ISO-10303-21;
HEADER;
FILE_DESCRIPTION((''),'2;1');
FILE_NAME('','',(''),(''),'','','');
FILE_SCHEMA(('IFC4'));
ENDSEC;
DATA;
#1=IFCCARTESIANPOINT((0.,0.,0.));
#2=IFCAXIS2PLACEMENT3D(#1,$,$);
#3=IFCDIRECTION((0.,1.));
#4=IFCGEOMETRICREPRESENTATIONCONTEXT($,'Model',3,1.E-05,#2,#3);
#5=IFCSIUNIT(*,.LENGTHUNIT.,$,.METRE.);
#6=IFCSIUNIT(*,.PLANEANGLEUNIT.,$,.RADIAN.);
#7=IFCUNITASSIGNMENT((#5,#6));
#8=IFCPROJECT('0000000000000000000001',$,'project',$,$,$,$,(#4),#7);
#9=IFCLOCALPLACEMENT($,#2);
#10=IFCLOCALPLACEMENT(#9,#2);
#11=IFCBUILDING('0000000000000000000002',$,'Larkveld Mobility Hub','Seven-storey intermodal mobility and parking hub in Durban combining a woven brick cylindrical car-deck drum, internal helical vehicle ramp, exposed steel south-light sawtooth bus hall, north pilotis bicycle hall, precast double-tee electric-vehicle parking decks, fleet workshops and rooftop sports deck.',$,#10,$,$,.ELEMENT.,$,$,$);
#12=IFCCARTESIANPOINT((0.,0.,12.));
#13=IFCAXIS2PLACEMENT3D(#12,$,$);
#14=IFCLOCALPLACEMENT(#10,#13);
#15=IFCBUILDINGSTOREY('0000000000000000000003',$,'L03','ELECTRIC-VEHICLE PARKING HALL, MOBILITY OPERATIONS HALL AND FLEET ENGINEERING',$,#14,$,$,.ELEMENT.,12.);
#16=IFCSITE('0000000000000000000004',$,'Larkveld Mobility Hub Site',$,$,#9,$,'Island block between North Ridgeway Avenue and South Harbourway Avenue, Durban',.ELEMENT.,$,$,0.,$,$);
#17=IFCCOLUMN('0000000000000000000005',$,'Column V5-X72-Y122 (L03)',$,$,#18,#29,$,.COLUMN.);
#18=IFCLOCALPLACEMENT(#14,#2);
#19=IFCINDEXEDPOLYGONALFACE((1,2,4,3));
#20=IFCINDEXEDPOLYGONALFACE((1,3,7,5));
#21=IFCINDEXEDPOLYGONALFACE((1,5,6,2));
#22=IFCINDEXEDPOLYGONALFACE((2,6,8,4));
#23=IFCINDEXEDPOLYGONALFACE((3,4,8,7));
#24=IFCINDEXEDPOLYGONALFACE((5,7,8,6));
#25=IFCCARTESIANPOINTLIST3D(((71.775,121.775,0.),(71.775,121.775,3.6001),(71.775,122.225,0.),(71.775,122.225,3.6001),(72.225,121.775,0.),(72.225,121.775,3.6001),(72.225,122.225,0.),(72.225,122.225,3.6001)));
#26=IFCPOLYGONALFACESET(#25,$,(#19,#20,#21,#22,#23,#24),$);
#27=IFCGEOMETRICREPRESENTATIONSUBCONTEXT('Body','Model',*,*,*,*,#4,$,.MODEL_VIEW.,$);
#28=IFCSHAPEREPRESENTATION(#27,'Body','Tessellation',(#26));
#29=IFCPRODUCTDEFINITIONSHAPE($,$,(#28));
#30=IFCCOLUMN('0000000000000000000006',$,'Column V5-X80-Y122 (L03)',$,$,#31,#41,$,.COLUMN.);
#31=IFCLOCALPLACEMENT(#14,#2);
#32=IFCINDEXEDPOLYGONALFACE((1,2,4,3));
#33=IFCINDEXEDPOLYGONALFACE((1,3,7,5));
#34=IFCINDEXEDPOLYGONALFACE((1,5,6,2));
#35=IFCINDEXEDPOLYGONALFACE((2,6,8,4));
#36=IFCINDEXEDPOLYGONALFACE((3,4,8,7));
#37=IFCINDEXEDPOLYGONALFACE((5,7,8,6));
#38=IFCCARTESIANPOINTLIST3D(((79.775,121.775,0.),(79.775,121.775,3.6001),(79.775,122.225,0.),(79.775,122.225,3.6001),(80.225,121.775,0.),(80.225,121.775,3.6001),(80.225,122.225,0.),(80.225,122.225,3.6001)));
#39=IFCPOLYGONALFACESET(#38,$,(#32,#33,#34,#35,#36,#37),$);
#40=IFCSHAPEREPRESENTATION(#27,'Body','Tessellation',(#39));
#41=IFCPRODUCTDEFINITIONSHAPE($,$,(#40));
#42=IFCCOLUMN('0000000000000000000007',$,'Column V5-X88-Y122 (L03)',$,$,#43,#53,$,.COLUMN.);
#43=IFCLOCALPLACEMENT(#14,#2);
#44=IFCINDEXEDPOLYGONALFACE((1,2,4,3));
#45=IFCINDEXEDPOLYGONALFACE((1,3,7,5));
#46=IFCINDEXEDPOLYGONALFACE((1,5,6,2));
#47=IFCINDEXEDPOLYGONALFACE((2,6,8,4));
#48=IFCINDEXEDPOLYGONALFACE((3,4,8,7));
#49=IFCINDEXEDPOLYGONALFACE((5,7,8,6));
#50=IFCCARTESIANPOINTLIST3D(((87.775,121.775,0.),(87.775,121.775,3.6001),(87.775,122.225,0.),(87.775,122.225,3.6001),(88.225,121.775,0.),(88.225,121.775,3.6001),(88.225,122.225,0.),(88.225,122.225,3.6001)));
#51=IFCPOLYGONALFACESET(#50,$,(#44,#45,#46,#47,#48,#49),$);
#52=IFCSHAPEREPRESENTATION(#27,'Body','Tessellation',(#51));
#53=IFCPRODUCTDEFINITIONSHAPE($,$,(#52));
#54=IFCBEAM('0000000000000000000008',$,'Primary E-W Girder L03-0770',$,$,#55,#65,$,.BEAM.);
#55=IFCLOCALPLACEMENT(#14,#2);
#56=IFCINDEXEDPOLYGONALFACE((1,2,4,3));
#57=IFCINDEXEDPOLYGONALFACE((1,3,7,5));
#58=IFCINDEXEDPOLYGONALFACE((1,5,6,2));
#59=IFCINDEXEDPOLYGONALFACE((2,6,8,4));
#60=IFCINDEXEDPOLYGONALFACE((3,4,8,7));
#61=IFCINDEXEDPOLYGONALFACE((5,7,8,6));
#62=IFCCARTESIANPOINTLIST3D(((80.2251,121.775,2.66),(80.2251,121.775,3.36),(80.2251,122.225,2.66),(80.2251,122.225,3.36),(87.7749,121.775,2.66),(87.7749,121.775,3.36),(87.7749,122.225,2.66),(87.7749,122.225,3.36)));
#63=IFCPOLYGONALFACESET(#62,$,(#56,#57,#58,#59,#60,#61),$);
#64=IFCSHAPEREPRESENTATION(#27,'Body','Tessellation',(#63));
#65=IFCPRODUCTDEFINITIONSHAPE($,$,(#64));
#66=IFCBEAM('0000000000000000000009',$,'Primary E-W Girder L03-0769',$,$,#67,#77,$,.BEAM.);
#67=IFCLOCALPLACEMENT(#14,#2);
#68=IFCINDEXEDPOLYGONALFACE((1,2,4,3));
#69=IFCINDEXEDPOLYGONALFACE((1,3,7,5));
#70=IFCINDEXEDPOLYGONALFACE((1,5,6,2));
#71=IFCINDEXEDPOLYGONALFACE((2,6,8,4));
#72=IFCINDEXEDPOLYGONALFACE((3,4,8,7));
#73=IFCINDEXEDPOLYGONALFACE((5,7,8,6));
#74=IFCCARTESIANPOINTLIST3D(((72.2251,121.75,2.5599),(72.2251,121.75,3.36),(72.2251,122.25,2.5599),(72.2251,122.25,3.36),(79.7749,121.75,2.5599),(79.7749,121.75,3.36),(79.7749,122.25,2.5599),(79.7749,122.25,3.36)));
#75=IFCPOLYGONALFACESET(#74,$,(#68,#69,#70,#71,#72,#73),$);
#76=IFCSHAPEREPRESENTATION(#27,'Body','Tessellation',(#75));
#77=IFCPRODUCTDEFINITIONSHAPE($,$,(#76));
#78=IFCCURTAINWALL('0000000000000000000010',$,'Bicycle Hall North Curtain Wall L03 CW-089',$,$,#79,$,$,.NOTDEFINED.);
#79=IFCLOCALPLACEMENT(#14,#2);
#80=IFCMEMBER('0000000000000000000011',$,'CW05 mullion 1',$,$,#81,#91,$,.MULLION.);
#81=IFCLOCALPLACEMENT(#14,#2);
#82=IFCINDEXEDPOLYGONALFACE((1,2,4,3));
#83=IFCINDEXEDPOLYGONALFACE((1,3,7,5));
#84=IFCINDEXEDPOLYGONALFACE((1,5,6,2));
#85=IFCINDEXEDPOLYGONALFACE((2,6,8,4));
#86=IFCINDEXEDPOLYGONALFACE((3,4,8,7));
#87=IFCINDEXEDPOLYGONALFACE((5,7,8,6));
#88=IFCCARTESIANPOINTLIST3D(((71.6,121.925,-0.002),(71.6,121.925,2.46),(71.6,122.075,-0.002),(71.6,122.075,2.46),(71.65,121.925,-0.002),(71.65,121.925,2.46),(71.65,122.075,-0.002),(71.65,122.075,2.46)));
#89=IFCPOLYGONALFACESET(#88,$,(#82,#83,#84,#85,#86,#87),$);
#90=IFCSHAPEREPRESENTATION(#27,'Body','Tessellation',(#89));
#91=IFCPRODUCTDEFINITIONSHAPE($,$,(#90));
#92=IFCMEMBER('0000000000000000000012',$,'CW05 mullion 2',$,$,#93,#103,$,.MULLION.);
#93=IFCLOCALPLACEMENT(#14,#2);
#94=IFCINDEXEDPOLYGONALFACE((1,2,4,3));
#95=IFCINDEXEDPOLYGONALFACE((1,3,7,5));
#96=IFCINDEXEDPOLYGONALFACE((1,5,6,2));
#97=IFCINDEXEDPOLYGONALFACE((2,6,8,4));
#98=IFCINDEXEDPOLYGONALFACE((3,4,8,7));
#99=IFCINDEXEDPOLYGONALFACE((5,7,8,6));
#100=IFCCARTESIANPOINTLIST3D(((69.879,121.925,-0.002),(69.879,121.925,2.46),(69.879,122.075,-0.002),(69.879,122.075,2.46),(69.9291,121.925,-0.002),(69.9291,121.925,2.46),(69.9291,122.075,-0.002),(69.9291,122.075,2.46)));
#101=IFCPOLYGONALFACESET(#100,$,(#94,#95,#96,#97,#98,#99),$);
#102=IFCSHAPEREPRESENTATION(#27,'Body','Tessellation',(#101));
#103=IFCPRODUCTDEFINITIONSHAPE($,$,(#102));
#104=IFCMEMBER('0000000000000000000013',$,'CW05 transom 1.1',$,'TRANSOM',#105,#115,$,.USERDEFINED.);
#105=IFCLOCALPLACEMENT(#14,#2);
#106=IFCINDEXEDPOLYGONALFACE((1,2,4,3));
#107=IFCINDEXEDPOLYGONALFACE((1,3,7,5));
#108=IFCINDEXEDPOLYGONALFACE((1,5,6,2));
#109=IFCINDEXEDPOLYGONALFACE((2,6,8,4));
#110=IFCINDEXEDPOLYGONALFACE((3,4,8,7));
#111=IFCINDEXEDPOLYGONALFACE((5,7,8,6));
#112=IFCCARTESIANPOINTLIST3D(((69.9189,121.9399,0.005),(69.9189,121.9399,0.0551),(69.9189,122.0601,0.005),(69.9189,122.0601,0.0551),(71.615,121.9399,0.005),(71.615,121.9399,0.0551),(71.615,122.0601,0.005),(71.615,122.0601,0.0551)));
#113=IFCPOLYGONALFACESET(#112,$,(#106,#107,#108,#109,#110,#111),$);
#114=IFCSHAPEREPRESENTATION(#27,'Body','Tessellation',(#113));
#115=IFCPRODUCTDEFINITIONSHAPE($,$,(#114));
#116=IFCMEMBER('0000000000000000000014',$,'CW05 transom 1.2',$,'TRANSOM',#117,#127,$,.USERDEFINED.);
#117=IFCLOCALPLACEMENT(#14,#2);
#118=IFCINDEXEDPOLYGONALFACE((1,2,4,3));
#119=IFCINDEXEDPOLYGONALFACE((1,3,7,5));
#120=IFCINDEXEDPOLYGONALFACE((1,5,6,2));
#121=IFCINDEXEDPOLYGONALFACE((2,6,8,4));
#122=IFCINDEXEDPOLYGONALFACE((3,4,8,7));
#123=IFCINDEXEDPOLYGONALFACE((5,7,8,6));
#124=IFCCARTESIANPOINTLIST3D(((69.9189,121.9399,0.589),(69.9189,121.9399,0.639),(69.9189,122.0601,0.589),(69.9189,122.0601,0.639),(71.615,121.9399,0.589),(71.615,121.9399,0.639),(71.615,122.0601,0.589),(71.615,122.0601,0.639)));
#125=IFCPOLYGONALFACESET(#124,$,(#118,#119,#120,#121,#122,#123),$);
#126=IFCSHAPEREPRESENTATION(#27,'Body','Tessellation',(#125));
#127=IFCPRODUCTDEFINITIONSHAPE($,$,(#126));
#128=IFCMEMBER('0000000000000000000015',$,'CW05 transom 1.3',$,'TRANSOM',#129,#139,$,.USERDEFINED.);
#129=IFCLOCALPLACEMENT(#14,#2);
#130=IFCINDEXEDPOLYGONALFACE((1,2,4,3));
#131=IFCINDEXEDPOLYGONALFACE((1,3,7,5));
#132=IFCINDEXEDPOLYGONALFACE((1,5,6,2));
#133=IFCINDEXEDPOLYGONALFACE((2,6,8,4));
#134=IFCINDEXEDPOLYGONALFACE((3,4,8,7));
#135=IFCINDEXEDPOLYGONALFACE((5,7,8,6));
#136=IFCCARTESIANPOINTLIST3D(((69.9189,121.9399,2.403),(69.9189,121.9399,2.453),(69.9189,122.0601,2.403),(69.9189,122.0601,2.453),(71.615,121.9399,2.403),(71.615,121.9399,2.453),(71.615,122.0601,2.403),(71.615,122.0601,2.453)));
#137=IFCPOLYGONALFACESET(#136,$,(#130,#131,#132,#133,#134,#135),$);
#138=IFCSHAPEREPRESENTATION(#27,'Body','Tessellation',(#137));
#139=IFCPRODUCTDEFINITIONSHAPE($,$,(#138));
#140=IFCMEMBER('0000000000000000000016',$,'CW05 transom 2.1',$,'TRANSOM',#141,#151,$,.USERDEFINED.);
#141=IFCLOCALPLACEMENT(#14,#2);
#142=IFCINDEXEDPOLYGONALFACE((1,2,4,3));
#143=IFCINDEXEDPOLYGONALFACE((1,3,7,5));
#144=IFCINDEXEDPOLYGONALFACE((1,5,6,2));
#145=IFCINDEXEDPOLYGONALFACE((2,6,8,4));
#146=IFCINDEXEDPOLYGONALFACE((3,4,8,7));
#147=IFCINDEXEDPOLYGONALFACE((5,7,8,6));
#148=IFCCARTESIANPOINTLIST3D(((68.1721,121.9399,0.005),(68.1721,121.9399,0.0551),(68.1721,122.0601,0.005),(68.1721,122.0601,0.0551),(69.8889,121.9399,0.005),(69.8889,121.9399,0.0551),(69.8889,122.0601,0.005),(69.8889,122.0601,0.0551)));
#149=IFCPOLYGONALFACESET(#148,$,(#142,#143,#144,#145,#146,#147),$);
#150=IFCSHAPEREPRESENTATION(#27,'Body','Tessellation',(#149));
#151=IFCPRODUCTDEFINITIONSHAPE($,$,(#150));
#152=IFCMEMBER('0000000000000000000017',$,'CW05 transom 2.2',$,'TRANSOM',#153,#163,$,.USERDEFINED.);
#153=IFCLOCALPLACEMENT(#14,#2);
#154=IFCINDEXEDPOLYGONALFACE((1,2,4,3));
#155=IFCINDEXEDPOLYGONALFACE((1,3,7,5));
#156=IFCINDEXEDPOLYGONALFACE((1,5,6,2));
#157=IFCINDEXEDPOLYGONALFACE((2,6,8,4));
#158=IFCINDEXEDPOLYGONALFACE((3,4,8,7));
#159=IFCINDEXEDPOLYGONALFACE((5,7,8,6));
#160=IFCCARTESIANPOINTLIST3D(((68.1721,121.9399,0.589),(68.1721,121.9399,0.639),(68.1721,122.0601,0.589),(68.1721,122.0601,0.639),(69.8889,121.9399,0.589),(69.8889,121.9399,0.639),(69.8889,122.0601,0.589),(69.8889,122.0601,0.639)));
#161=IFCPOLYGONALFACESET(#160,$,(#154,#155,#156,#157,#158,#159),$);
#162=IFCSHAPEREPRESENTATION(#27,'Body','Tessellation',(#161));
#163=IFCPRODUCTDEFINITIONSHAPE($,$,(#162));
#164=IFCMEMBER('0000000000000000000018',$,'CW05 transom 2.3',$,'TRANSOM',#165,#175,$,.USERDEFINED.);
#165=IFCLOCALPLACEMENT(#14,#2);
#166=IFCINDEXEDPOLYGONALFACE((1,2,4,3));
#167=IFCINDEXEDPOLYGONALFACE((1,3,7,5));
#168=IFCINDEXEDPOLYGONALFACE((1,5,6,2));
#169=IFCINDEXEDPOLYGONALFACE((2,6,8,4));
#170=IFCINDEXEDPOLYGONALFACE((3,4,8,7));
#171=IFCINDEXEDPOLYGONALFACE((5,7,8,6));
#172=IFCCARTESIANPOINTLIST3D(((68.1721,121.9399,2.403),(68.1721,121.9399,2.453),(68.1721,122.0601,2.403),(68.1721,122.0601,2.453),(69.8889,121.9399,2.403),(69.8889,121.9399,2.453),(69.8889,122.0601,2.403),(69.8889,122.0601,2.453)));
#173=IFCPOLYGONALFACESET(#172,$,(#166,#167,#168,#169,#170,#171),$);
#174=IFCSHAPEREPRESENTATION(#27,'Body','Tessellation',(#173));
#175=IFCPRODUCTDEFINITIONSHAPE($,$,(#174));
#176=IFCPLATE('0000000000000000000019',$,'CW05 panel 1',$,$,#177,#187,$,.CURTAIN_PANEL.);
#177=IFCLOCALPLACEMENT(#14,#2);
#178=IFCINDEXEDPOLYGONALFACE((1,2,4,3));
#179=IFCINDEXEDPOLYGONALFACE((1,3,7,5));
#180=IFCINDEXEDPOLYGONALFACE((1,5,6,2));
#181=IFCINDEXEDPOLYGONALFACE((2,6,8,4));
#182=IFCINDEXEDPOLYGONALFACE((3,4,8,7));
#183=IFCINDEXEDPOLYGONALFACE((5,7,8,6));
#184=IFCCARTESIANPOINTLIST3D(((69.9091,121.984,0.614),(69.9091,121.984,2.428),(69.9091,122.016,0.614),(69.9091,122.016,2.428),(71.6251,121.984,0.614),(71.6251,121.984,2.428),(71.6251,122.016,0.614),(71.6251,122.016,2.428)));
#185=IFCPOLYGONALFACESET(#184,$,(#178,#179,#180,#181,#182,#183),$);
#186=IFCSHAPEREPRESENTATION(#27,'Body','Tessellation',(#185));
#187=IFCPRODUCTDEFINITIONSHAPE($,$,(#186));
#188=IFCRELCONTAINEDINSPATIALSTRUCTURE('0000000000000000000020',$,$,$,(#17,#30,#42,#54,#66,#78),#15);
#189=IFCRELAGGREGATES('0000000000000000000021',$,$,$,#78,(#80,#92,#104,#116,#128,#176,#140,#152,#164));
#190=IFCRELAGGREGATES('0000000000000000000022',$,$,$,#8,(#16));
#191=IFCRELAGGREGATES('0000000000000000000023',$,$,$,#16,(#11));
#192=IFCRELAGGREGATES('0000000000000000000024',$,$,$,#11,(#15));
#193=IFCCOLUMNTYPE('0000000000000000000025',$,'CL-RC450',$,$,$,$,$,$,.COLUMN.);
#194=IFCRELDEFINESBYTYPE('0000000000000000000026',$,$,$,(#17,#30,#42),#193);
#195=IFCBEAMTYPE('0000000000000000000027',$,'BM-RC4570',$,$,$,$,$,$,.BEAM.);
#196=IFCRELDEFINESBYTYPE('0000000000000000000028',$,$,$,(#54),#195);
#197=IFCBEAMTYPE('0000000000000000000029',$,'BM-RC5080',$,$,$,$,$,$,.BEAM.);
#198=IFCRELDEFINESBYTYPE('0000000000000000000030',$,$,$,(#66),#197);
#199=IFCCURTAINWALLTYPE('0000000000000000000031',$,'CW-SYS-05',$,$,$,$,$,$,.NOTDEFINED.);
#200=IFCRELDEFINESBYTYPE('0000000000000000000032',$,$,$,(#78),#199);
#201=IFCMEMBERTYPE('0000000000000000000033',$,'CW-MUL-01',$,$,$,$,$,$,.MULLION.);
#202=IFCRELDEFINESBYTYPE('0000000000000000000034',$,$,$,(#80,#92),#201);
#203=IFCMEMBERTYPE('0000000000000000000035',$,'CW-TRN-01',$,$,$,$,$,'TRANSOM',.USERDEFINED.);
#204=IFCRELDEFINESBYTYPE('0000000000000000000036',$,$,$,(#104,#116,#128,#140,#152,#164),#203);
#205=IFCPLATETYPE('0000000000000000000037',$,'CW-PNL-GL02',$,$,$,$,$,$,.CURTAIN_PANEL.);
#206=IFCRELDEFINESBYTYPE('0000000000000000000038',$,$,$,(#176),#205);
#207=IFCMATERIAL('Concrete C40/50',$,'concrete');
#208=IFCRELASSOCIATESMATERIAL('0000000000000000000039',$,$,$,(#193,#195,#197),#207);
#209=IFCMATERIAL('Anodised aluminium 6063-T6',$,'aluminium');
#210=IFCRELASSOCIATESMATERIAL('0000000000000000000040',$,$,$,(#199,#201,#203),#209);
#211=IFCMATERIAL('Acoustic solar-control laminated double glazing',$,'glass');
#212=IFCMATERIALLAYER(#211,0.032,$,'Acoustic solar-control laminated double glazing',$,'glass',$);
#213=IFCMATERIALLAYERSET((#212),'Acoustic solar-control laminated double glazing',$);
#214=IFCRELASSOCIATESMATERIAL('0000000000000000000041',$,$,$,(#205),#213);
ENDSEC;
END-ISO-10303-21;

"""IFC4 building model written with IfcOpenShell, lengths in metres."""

from ifc_helpers import new_model, si_unit, direction, frame, origin, origin_2d, place, context, subcontext, project, spatial, rectangle, extrude, material, layer, layer_set, material_profile, profile_set, type_object, element, aggregate, save


model = new_model("IFC4")

# Units and contexts
model_context = context("Model", 3, precision=1e-05, world=origin(), true_north=direction((0.0, 1.0)))
body_context = subcontext(model_context, "Body", "Model", "MODEL_VIEW")
ifc_project = project(units=[si_unit("LENGTHUNIT", "METRE"), si_unit("PLANEANGLEUNIT", "RADIAN")], contexts=[model_context])

# Site, building, storey
site_placement = place(None, origin())
site = spatial("IfcSite", under=ifc_project, at=site_placement, Name="Larkveld Mobility Hub Site", LongName="Island block between North Ridgeway Avenue and South Harbourway Avenue, Durban", CompositionType="ELEMENT", RefElevation=0.0)
building_placement = place(site_placement, origin())
building = spatial("IfcBuilding", under=site, at=building_placement, Name="Larkveld Mobility Hub", Description="Seven-storey intermodal mobility and parking hub in Durban combining a woven brick cylindrical car-deck drum, internal helical vehicle ramp, exposed steel south-light sawtooth bus hall, north pilotis bicycle hall, precast double-tee electric-vehicle parking decks, fleet workshops and rooftop sports deck.", CompositionType="ELEMENT")
storey_placement = place(building_placement, frame((0.0, 0.0, 12.0)))
storey = spatial("IfcBuildingStorey", under=building, at=storey_placement, Name="L03", Description="ELECTRIC-VEHICLE PARKING HALL, MOBILITY OPERATIONS HALL AND FLEET ENGINEERING", CompositionType="ELEMENT", Elevation=12.0)

# Columns
ifc_material_1 = material(Name="Concrete C40/50", Category="concrete")
ifc_material_profile_1 = material_profile(ifc_material_1, rectangle(XDim=0.45, YDim=0.45, at=origin_2d()), Name="RC COL 450x450")
ifc_profile_set_1 = profile_set([ifc_material_profile_1], Name="Concrete C40/50")
column_type = type_object("IfcColumnType", Name="CL-RC450", PredefinedType="COLUMN", material=ifc_profile_set_1)
for number, where, z_axis, x_axis, name in (
    (1, (72.0, 122.0, 0.0), (0.0, 0.0, 1.0), (1.0, 0.0, 0.0), "Column V5-X72-Y122 (L03)"),
    (2, (80.0, 122.0, 0.0), (0.0, 0.0, 1.0), (1.0, 0.0, 0.0), "Column V5-X80-Y122 (L03)"),
    (3, (88.0, 122.0, 0.0), (0.0, 0.0, 1.0), (1.0, 0.0, 0.0), "Column V5-X88-Y122 (L03)"),
):
    element("IfcColumn", number, at=place(storey_placement, frame(where, z_axis=z_axis, x_axis=x_axis)), inside=storey, type_object=column_type, Name=name, PredefinedType="COLUMN", context=body_context, shape_type="SweptSolid", body=[
        extrude(rectangle(XDim=0.45, YDim=0.45, at=origin_2d()), origin(), (0.0, 0.0, 1.0), 3.6001),
    ])

# Beams
ifc_material_profile_2 = material_profile(ifc_material_1, rectangle(XDim=0.45, YDim=0.7, at=origin_2d()), Name="RC BM 450x700")
ifc_profile_set_2 = profile_set([ifc_material_profile_2], Name="Concrete C40/50")
beam_type_1 = type_object("IfcBeamType", Name="BM-RC4570", PredefinedType="BEAM", material=ifc_profile_set_2)
beam_1_placement = place(storey_placement, frame((80.2251, 122.0, 3.01), z_axis=(1.0, 0.0, 0.0), x_axis=(0.0, 1.0, 0.0)))
element("IfcBeam", 4, at=beam_1_placement, inside=storey, type_object=beam_type_1, Name="Primary E-W Girder L03-0770", PredefinedType="BEAM", context=body_context, shape_type="SweptSolid", body=[
    extrude(rectangle(XDim=0.45, YDim=0.7, at=origin_2d()), origin(), (0.0, 0.0, 1.0), 7.5498),
])
ifc_material_profile_3 = material_profile(ifc_material_1, rectangle(XDim=0.5, YDim=0.8, at=origin_2d()), Name="RC BM 500x800")
ifc_profile_set_3 = profile_set([ifc_material_profile_3], Name="Concrete C40/50")
beam_type_2 = type_object("IfcBeamType", Name="BM-RC5080", PredefinedType="BEAM", material=ifc_profile_set_3)
beam_2_placement = place(storey_placement, frame((72.2251, 122.0, 2.96), z_axis=(1.0, 0.0, 0.0), x_axis=(0.0, 1.0, 0.0)))
element("IfcBeam", 5, at=beam_2_placement, inside=storey, type_object=beam_type_2, Name="Primary E-W Girder L03-0769", PredefinedType="BEAM", context=body_context, shape_type="SweptSolid", body=[
    extrude(rectangle(XDim=0.5, YDim=0.8, at=origin_2d()), origin(), (0.0, 0.0, 1.0), 7.5498),
])

# Curtain wall, members, plate
ifc_material_2 = material(Name="Anodised aluminium 6063-T6", Category="aluminium")
curtain_wall_type = type_object("IfcCurtainWallType", Name="CW-SYS-05", PredefinedType="NOTDEFINED", material=ifc_material_2)
curtain_wall_placement = place(storey_placement, origin())
curtain_wall = element("IfcCurtainWall", 6, at=curtain_wall_placement, inside=storey, type_object=curtain_wall_type, Name="Bicycle Hall North Curtain Wall L03 CW-089", PredefinedType="NOTDEFINED")
ifc_material_profile_4 = material_profile(ifc_material_2, rectangle(XDim=0.05, YDim=0.1499, at=origin_2d()), Name="ALU MULL 50x150")
ifc_profile_set_4 = profile_set([ifc_material_profile_4], Name="Anodised aluminium 6063-T6")
member_type_1 = type_object("IfcMemberType", Name="CW-MUL-01", PredefinedType="MULLION", material=ifc_profile_set_4)
member_1_placement = place(storey_placement, frame((71.625, 122.0, -0.002), z_axis=(0.0, 0.0, 1.0), x_axis=(-1.0, 0.0, 0.0)))
member_1 = element("IfcMember", 7, at=member_1_placement, type_object=member_type_1, Name="CW05 mullion 1", PredefinedType="MULLION", context=body_context, shape_type="SweptSolid", body=[
    extrude(rectangle(XDim=0.05, YDim=0.1499, at=origin_2d()), origin(), (0.0, 0.0, 1.0), 2.4619),
])
member_2_placement = place(storey_placement, frame((69.9041, 122.0, -0.002), z_axis=(0.0, 0.0, 1.0), x_axis=(-1.0, 0.0, 0.0)))
member_2 = element("IfcMember", 8, at=member_2_placement, type_object=member_type_1, Name="CW05 mullion 2", PredefinedType="MULLION", context=body_context, shape_type="SweptSolid", body=[
    extrude(rectangle(XDim=0.05, YDim=0.1499, at=origin_2d()), origin(), (0.0, 0.0, 1.0), 2.4619),
])
ifc_material_profile_5 = material_profile(ifc_material_2, rectangle(XDim=0.1201, YDim=0.05, at=origin_2d()), Name="ALU TRAN 50x120")
ifc_profile_set_5 = profile_set([ifc_material_profile_5], Name="Anodised aluminium 6063-T6")
member_type_2 = type_object("IfcMemberType", Name="CW-TRN-01", ElementType="TRANSOM", PredefinedType="USERDEFINED", material=ifc_profile_set_5)
member_3_placement = place(storey_placement, frame((71.615, 122.0, 0.03), z_axis=(-1.0, 0.0, 0.0), x_axis=(0.0, -1.0, 0.0)))
member_3 = element("IfcMember", 9, at=member_3_placement, type_object=member_type_2, Name="CW05 transom 1.1", ObjectType="TRANSOM", PredefinedType="USERDEFINED", context=body_context, shape_type="SweptSolid", body=[
    extrude(rectangle(XDim=0.1201, YDim=0.05, at=origin_2d()), origin(), (0.0, 0.0, 1.0), 1.696),
])
member_4_placement = place(storey_placement, frame((71.615, 122.0, 0.614), z_axis=(-1.0, 0.0, 0.0), x_axis=(0.0, -1.0, 0.0)))
member_4 = element("IfcMember", 10, at=member_4_placement, type_object=member_type_2, Name="CW05 transom 1.2", ObjectType="TRANSOM", PredefinedType="USERDEFINED", context=body_context, shape_type="SweptSolid", body=[
    extrude(rectangle(XDim=0.1201, YDim=0.05, at=origin_2d()), origin(), (0.0, 0.0, 1.0), 1.696),
])
member_5_placement = place(storey_placement, frame((71.615, 122.0, 2.428), z_axis=(-1.0, 0.0, 0.0), x_axis=(0.0, -1.0, 0.0)))
member_5 = element("IfcMember", 11, at=member_5_placement, type_object=member_type_2, Name="CW05 transom 1.3", ObjectType="TRANSOM", PredefinedType="USERDEFINED", context=body_context, shape_type="SweptSolid", body=[
    extrude(rectangle(XDim=0.1201, YDim=0.05, at=origin_2d()), origin(), (0.0, 0.0, 1.0), 1.696),
])
member_6_placement = place(storey_placement, frame((69.8889, 122.0, 0.03), z_axis=(-1.0, 0.0, 0.0), x_axis=(0.0, -1.0, 0.0)))
member_6 = element("IfcMember", 12, at=member_6_placement, type_object=member_type_2, Name="CW05 transom 2.1", ObjectType="TRANSOM", PredefinedType="USERDEFINED", context=body_context, shape_type="SweptSolid", body=[
    extrude(rectangle(XDim=0.1201, YDim=0.05, at=origin_2d()), origin(), (0.0, 0.0, 1.0), 1.7168),
])
member_7_placement = place(storey_placement, frame((69.8889, 122.0, 0.614), z_axis=(-1.0, 0.0, 0.0), x_axis=(0.0, -1.0, 0.0)))
member_7 = element("IfcMember", 13, at=member_7_placement, type_object=member_type_2, Name="CW05 transom 2.2", ObjectType="TRANSOM", PredefinedType="USERDEFINED", context=body_context, shape_type="SweptSolid", body=[
    extrude(rectangle(XDim=0.1201, YDim=0.05, at=origin_2d()), origin(), (0.0, 0.0, 1.0), 1.7168),
])
member_8_placement = place(storey_placement, frame((69.8889, 122.0, 2.428), z_axis=(-1.0, 0.0, 0.0), x_axis=(0.0, -1.0, 0.0)))
member_8 = element("IfcMember", 14, at=member_8_placement, type_object=member_type_2, Name="CW05 transom 2.3", ObjectType="TRANSOM", PredefinedType="USERDEFINED", context=body_context, shape_type="SweptSolid", body=[
    extrude(rectangle(XDim=0.1201, YDim=0.05, at=origin_2d()), origin(), (0.0, 0.0, 1.0), 1.7168),
])
ifc_material_3 = material(Name="Acoustic solar-control laminated double glazing", Category="glass")
ifc_layer_1 = layer(ifc_material_3, 0.032, Name="Acoustic solar-control laminated double glazing", Category="glass")
ifc_layer_set_1 = layer_set([ifc_layer_1], Name="Acoustic solar-control laminated double glazing")
plate_type_1 = type_object("IfcPlateType", Name="CW-PNL-GL02", PredefinedType="CURTAIN_PANEL", material=ifc_layer_set_1)
plate_1_placement = place(storey_placement, frame((70.7671, 122.0, 0.614), z_axis=(0.0, 0.0, 1.0), x_axis=(-1.0, 0.0, 0.0)))
plate_1 = element("IfcPlate", 15, at=plate_1_placement, type_object=plate_type_1, Name="CW05 panel 1", PredefinedType="CURTAIN_PANEL", context=body_context, shape_type="SweptSolid", body=[
    extrude(rectangle(XDim=1.7161, YDim=0.032, at=origin_2d()), origin(), (0.0, 0.0, 1.0), 1.814),
])
aggregate(curtain_wall, [member_1, member_2, member_3, member_4, member_5, plate_1, member_6, member_7, member_8])

save(model, "model.ifc")
